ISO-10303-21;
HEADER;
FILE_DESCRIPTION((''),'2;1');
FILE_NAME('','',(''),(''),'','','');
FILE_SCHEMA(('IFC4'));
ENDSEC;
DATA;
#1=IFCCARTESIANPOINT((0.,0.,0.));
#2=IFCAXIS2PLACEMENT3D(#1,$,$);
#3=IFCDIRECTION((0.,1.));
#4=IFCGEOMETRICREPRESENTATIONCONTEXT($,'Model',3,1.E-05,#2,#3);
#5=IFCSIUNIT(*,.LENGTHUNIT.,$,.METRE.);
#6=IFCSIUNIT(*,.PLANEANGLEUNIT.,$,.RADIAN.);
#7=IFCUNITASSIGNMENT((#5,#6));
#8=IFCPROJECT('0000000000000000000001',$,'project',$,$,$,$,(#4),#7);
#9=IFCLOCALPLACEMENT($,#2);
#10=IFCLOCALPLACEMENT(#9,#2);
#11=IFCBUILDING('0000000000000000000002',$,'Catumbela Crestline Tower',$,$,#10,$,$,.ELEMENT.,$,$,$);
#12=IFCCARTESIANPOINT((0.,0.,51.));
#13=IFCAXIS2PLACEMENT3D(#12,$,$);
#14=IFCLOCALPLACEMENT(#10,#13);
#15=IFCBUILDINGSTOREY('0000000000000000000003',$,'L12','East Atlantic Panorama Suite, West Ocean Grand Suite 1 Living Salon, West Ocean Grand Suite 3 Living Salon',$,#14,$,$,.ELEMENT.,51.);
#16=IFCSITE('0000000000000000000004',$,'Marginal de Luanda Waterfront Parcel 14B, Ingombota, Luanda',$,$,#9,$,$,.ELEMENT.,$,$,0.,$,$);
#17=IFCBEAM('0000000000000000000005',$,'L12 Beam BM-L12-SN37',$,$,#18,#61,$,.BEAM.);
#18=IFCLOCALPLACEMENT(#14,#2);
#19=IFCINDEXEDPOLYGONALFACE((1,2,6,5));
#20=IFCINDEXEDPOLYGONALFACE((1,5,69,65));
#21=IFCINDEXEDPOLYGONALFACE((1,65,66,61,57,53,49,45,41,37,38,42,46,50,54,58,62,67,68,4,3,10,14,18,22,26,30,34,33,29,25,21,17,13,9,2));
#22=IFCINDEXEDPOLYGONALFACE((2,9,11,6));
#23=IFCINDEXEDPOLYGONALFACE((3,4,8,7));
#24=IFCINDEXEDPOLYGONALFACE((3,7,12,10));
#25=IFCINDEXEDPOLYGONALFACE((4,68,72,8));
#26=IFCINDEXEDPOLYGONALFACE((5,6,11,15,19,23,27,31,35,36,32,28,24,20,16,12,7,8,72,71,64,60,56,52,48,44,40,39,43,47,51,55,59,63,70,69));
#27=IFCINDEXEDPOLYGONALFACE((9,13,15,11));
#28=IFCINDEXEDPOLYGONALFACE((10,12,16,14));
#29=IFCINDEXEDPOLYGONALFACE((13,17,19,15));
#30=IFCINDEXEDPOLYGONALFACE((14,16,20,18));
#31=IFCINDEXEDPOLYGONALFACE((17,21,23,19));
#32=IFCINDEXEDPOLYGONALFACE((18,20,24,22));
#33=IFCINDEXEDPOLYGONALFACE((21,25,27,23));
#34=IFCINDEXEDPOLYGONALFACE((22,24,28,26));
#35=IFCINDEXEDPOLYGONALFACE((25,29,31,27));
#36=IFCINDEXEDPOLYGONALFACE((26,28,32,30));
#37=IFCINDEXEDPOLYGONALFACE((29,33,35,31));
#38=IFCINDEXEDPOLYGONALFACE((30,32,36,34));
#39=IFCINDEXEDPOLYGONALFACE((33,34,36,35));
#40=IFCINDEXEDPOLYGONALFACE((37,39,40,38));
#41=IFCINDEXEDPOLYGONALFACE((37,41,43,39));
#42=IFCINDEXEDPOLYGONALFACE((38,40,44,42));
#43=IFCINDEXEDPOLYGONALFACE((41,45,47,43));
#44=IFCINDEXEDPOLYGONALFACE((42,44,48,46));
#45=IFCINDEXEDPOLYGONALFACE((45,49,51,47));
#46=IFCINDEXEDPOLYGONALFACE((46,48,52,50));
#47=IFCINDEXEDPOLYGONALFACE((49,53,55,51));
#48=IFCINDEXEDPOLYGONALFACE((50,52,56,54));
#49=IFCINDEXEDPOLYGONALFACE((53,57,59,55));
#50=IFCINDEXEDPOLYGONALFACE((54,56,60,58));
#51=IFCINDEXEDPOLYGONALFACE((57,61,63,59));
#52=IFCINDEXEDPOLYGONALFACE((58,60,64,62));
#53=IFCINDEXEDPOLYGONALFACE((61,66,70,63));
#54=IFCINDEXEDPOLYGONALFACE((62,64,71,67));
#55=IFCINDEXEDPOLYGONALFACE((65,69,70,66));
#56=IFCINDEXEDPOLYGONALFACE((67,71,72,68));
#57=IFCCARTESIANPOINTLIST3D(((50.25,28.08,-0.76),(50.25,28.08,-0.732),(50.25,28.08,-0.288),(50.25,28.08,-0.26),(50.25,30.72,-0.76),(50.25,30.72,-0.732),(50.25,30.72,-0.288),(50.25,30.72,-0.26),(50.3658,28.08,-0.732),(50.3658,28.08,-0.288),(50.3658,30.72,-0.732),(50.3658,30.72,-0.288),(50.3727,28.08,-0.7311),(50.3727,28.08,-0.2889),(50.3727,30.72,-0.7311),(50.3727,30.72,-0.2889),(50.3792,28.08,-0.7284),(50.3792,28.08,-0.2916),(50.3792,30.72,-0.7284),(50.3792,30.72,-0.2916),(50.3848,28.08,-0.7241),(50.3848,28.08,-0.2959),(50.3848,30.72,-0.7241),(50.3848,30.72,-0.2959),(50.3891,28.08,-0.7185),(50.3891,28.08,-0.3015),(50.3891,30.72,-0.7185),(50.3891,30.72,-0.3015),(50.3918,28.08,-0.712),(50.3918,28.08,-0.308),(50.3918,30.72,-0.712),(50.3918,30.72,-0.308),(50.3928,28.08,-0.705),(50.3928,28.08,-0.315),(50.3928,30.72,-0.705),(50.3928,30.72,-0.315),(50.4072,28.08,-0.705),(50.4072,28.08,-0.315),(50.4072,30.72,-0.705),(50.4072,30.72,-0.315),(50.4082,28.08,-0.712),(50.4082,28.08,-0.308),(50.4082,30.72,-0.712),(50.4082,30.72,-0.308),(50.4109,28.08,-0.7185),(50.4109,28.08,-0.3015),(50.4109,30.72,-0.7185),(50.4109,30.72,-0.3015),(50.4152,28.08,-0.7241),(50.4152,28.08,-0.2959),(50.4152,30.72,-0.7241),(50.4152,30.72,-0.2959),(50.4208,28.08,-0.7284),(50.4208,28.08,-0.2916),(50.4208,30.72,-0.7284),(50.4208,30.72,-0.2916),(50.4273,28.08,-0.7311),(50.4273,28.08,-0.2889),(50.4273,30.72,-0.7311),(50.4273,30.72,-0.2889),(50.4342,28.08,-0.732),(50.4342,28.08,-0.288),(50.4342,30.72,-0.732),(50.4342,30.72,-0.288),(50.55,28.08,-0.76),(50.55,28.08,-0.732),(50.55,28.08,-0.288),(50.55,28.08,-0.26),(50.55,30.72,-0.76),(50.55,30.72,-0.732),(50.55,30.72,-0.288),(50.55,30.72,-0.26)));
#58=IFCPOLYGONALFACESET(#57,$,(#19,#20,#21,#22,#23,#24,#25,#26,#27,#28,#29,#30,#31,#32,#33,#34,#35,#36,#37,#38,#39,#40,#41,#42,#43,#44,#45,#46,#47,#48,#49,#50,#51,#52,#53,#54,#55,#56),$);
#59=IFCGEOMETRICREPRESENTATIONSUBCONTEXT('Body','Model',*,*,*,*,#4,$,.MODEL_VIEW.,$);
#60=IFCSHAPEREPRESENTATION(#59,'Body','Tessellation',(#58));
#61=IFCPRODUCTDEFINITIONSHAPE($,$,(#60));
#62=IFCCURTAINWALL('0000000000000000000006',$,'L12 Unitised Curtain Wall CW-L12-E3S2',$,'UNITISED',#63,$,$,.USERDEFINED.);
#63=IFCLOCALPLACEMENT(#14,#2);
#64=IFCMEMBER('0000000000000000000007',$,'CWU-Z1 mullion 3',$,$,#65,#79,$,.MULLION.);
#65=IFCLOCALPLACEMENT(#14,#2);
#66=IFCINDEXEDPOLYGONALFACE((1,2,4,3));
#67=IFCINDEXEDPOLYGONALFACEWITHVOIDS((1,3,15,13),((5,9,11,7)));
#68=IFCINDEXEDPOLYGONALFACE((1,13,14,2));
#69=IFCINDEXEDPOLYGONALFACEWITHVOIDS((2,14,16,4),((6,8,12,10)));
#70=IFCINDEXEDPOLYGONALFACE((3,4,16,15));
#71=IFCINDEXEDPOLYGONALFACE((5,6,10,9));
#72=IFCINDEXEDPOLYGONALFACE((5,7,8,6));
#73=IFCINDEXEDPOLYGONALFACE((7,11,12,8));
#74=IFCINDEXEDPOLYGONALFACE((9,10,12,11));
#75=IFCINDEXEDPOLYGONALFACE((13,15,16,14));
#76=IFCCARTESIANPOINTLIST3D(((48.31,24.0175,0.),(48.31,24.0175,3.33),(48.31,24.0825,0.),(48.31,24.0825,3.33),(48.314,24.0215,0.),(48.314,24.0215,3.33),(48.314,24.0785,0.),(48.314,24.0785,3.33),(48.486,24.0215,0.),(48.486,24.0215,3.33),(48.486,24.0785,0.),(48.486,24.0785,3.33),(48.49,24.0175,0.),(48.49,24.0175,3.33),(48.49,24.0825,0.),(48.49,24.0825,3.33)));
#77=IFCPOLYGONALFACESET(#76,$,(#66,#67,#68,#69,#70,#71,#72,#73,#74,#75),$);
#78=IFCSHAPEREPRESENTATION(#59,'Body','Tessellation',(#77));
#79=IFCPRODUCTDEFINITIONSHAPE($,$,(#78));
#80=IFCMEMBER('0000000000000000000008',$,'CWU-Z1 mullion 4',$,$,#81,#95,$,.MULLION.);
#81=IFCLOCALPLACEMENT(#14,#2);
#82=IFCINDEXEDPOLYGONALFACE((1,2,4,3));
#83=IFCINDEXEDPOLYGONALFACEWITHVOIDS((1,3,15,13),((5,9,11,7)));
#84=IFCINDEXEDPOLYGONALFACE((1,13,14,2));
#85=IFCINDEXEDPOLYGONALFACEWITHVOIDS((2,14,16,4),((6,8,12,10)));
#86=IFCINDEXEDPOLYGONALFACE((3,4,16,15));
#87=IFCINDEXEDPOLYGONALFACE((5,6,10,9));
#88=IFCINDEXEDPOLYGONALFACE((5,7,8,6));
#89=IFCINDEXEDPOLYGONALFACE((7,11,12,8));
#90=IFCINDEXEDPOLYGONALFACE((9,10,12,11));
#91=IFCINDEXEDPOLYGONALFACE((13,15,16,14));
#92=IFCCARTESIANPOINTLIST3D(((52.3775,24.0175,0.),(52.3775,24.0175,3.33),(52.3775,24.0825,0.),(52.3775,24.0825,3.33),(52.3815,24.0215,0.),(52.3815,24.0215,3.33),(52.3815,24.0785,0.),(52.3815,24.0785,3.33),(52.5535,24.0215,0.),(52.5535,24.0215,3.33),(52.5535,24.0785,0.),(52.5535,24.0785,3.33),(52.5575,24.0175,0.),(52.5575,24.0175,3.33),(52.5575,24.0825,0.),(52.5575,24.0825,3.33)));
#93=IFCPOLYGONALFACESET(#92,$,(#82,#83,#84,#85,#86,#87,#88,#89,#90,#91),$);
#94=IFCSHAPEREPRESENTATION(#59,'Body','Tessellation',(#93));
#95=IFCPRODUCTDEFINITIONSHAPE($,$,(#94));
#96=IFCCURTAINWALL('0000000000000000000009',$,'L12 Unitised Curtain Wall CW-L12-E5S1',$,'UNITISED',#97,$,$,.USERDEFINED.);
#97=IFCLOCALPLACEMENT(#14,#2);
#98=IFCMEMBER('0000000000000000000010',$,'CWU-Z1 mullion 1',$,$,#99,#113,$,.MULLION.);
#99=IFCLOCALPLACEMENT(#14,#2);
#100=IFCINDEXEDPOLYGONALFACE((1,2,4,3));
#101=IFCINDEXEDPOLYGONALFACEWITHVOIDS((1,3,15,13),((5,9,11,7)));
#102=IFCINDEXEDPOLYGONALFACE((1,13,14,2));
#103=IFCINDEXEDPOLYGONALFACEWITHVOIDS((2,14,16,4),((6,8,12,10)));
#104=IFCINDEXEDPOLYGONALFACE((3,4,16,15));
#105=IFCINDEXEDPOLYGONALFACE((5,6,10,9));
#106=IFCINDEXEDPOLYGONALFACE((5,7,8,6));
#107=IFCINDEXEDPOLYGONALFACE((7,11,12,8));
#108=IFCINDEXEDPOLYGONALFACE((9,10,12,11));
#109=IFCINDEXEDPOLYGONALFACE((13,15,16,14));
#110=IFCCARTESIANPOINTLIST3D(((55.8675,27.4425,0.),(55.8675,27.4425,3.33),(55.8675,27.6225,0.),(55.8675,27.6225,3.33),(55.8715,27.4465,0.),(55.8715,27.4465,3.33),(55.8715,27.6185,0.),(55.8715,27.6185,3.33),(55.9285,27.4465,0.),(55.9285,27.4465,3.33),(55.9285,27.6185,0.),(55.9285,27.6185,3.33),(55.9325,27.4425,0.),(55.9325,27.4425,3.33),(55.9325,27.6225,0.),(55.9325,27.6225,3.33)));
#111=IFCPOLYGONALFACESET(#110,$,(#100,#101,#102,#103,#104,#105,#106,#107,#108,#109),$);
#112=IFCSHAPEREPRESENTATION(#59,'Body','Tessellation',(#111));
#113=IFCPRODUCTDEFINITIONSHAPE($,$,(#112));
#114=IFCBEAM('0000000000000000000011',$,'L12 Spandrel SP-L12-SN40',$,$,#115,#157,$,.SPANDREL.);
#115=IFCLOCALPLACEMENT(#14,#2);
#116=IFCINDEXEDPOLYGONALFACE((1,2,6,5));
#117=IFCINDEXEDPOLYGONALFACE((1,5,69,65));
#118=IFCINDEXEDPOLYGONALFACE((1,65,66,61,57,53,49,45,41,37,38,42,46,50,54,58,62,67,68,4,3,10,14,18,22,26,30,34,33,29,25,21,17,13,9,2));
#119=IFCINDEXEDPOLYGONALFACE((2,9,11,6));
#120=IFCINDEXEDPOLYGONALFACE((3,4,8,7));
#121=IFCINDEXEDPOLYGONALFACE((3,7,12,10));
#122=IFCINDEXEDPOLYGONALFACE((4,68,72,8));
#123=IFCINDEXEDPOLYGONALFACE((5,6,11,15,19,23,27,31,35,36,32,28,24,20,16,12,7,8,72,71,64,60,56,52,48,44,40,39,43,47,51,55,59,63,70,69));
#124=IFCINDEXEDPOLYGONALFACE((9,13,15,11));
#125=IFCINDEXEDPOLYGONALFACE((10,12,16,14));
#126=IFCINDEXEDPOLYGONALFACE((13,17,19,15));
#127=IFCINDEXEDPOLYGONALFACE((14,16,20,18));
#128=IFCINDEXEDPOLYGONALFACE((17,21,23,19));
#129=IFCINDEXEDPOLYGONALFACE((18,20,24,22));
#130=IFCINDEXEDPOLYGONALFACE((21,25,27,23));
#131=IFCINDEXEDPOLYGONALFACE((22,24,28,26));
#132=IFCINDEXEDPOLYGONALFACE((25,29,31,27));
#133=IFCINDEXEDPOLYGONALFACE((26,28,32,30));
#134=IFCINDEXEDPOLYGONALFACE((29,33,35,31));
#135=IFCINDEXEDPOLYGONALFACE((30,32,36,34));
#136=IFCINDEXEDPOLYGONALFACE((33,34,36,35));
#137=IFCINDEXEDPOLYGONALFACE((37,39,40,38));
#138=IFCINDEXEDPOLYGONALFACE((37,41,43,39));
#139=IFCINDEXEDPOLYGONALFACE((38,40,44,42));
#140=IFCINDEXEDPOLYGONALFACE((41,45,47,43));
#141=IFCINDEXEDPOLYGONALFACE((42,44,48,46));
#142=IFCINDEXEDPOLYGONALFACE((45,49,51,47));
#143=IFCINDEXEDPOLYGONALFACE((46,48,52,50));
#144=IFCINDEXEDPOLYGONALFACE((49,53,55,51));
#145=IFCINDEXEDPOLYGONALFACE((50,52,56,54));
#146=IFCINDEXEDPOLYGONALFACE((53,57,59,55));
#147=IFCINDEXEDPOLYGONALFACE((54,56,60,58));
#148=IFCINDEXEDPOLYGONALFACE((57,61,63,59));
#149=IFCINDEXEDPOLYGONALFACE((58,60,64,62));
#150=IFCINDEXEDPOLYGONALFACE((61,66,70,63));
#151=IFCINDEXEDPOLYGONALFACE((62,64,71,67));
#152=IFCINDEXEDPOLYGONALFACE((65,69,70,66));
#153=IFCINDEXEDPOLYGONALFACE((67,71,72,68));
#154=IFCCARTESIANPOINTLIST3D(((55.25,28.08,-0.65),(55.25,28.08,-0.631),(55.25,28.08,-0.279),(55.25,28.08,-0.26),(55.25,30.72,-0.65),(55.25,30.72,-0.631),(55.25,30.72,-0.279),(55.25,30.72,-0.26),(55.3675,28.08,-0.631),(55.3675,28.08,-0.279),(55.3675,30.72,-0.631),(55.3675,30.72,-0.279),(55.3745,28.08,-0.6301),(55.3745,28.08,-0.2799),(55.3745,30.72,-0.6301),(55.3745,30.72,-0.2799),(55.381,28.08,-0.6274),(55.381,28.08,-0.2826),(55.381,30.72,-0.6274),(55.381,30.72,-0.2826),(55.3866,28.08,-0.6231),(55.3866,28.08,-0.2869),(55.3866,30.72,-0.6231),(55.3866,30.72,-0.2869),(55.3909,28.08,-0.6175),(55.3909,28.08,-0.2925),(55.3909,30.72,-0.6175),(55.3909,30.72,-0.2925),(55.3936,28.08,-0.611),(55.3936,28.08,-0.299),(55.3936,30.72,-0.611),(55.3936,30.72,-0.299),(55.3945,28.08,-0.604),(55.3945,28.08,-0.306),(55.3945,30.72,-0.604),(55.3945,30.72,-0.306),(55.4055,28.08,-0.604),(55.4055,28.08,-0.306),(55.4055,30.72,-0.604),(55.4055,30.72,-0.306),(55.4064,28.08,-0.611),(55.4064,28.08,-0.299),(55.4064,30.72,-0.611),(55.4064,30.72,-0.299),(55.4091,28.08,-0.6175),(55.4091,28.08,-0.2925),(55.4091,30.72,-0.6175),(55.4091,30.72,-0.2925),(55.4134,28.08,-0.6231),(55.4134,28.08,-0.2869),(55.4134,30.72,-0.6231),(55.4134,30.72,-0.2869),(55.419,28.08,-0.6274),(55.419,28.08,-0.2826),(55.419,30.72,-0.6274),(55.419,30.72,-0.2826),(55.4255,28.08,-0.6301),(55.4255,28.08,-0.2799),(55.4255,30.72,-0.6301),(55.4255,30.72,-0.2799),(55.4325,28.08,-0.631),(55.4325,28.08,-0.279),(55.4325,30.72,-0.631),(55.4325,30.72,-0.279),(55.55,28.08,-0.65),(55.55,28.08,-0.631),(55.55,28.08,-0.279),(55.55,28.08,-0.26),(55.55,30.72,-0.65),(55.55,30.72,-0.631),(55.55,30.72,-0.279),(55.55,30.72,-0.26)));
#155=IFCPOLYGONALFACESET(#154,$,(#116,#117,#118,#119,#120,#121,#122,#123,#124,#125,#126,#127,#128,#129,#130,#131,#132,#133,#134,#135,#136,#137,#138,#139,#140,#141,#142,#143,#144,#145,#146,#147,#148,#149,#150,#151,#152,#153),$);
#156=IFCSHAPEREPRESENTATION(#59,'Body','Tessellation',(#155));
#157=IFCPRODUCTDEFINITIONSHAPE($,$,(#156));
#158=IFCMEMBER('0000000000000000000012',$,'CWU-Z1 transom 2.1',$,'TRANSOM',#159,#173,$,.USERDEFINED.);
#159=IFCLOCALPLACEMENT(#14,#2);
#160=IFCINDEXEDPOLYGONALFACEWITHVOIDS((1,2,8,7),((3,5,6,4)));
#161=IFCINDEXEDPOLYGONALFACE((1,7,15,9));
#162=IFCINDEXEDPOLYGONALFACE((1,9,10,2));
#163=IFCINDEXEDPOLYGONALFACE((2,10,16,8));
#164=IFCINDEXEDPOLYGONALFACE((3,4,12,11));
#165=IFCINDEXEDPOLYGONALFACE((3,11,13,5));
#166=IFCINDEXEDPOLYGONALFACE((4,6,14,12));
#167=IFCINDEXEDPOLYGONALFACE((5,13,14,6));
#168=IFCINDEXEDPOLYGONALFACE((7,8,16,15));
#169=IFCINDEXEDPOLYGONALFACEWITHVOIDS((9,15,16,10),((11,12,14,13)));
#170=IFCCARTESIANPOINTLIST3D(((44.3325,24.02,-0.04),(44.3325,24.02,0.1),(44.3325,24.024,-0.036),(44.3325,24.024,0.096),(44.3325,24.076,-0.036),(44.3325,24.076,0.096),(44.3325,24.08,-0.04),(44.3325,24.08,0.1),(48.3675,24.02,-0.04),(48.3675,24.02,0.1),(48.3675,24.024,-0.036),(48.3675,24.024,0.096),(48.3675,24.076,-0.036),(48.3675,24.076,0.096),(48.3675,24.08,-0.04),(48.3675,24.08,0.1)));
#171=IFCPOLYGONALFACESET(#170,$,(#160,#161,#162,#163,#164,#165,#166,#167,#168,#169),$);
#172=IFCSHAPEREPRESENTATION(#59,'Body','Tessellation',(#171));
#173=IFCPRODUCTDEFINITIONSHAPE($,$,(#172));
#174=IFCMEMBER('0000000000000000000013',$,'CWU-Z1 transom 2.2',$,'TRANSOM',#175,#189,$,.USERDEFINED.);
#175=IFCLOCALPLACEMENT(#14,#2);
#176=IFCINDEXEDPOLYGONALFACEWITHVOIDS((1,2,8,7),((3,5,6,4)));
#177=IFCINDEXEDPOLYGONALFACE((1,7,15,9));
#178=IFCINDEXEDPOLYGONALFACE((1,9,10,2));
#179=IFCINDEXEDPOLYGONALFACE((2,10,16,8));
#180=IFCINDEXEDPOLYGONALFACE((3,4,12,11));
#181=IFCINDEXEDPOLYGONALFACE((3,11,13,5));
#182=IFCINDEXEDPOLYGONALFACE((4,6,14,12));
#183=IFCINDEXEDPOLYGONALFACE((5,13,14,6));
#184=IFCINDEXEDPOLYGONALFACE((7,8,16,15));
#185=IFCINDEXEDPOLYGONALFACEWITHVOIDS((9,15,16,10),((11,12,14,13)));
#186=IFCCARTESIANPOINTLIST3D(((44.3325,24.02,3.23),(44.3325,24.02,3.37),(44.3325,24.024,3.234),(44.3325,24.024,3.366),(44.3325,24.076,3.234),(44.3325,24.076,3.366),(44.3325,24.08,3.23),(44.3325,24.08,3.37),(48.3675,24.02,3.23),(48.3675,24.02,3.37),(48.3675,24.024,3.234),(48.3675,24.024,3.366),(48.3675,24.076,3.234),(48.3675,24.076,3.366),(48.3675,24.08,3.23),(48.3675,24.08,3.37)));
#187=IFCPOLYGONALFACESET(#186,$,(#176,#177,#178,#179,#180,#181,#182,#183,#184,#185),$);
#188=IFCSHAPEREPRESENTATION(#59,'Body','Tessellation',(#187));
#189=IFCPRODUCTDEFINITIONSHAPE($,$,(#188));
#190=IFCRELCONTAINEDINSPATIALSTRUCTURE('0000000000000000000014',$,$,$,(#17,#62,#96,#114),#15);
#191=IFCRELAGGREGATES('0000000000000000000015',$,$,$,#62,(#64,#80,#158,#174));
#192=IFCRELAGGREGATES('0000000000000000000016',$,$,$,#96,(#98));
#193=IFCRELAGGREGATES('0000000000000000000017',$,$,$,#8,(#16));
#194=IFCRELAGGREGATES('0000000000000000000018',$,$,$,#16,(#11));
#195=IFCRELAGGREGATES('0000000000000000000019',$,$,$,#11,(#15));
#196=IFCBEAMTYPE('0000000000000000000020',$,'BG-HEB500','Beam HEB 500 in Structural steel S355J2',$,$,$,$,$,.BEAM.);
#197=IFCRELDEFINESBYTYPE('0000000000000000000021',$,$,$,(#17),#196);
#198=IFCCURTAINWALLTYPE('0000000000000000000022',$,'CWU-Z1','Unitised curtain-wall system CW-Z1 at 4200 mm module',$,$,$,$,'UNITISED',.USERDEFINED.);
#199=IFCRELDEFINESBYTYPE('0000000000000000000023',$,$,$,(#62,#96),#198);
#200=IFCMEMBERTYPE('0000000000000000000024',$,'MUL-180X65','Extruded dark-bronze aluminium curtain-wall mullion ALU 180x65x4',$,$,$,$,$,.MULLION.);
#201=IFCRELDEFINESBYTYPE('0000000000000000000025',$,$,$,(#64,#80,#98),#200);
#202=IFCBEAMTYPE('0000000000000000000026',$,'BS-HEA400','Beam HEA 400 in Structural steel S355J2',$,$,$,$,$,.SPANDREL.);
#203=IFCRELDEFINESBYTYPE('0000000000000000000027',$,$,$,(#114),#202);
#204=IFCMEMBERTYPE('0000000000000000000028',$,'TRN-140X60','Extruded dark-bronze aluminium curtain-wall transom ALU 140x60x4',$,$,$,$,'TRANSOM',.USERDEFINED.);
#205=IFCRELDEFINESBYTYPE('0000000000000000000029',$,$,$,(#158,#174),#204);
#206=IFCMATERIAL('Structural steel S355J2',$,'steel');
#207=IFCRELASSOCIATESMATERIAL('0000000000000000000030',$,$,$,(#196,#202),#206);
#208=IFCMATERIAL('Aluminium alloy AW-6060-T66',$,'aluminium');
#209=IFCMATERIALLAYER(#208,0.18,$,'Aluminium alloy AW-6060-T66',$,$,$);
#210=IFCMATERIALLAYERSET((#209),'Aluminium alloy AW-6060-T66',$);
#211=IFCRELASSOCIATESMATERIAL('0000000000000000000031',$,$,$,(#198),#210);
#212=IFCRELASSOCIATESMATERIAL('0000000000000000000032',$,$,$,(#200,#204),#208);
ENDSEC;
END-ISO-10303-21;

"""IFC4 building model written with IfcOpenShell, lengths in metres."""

from ifc_helpers import new_model, si_unit, direction, frame, origin, origin_2d, place, context, subcontext, project, spatial, hollow_rectangle, i_section, extrude, material, layer, layer_set, material_profile, profile_set, type_object, element, aggregate, save


model = new_model("IFC4")

# Units and contexts
model_context = context("Model", 3, precision=1e-05, world=origin(), true_north=direction((0.0, 1.0)))
body_context = subcontext(model_context, "Body", "Model", "MODEL_VIEW")
ifc_project = project(units=[si_unit("LENGTHUNIT", "METRE"), si_unit("PLANEANGLEUNIT", "RADIAN")], contexts=[model_context])

# Site, building, storey
site_placement = place(None, origin())
site = spatial("IfcSite", under=ifc_project, at=site_placement, Name="Marginal de Luanda Waterfront Parcel 14B, Ingombota, Luanda", CompositionType="ELEMENT", RefElevation=0.0)
building_placement = place(site_placement, origin())
building = spatial("IfcBuilding", under=site, at=building_placement, Name="Catumbela Crestline Tower", CompositionType="ELEMENT")
storey_placement = place(building_placement, frame((0.0, 0.0, 51.0)))
storey = spatial("IfcBuildingStorey", under=building, at=storey_placement, Name="L12", Description="East Atlantic Panorama Suite, West Ocean Grand Suite 1 Living Salon, West Ocean Grand Suite 3 Living Salon", CompositionType="ELEMENT", Elevation=51.0)

# Beam
ifc_material_1 = material(Name="Structural steel S355J2", Category="steel")
ifc_material_profile_1 = material_profile(ifc_material_1, i_section(OverallWidth=0.3, OverallDepth=0.5, WebThickness=0.0145, FlangeThickness=0.028, FilletRadius=0.027, at=origin_2d()), Name="HEB 500")
ifc_profile_set_1 = profile_set([ifc_material_profile_1], Name="Structural steel S355J2")
beam_type_1 = type_object("IfcBeamType", Name="BG-HEB500", Description="Beam HEB 500 in Structural steel S355J2", PredefinedType="BEAM", material=ifc_profile_set_1)
beam_1_placement = place(storey_placement, frame((50.4, 28.08, -0.51), z_axis=(0.0, 1.0, 0.0), x_axis=(-1.0, 0.0, 0.0)))
element("IfcBeam", 1, at=beam_1_placement, inside=storey, type_object=beam_type_1, Name="L12 Beam BM-L12-SN37", PredefinedType="BEAM", context=body_context, shape_type="SweptSolid", body=[
    extrude(i_section(OverallWidth=0.3, OverallDepth=0.5, WebThickness=0.0145, FlangeThickness=0.028, FilletRadius=0.027, at=origin_2d()), origin(), (0.0, 0.0, 1.0), 2.64),
])

# Curtain wall, members
ifc_material_2 = material(Name="Aluminium alloy AW-6060-T66", Category="aluminium")
ifc_layer_1 = layer(ifc_material_2, 0.18, Name="Aluminium alloy AW-6060-T66")
ifc_layer_set_1 = layer_set([ifc_layer_1], Name="Aluminium alloy AW-6060-T66")
curtain_wall_type = type_object("IfcCurtainWallType", Name="CWU-Z1", Description="Unitised curtain-wall system CW-Z1 at 4200 mm module", ElementType="UNITISED", PredefinedType="USERDEFINED", material=ifc_layer_set_1)
curtain_wall_1_placement = place(storey_placement, origin())
curtain_wall_1 = element("IfcCurtainWall", 2, at=curtain_wall_1_placement, inside=storey, type_object=curtain_wall_type, Name="L12 Unitised Curtain Wall CW-L12-E3S2", ObjectType="UNITISED", PredefinedType="USERDEFINED")
ifc_material_profile_2 = material_profile(ifc_material_2, hollow_rectangle(XDim=0.065, YDim=0.18, WallThickness=0.004, at=origin_2d()), Name="ALU 180x65x4")
ifc_profile_set_2 = profile_set([ifc_material_profile_2], Name="Aluminium alloy AW-6060-T66")
member_type_1 = type_object("IfcMemberType", Name="MUL-180X65", Description="Extruded dark-bronze aluminium curtain-wall mullion ALU 180x65x4", PredefinedType="MULLION", material=ifc_profile_set_2)
member_1_placement = place(storey_placement, frame((48.4, 24.05, 0.0), z_axis=(0.0, 0.0, 1.0), x_axis=(0.0, 1.0, 0.0)))
member_1 = element("IfcMember", 3, at=member_1_placement, type_object=member_type_1, Name="CWU-Z1 mullion 3", PredefinedType="MULLION", context=body_context, shape_type="SweptSolid", body=[
    extrude(hollow_rectangle(XDim=0.065, YDim=0.18, WallThickness=0.004, at=origin_2d()), origin(), (0.0, 0.0, 1.0), 3.33),
])
member_2_placement = place(storey_placement, frame((52.4675, 24.05, 0.0), z_axis=(0.0, 0.0, 1.0), x_axis=(0.0, 1.0, 0.0)))
member_2 = element("IfcMember", 4, at=member_2_placement, type_object=member_type_1, Name="CWU-Z1 mullion 4", PredefinedType="MULLION", context=body_context, shape_type="SweptSolid", body=[
    extrude(hollow_rectangle(XDim=0.065, YDim=0.18, WallThickness=0.004, at=origin_2d()), origin(), (0.0, 0.0, 1.0), 3.33),
])

# Curtain wall, member
curtain_wall_2_placement = place(storey_placement, origin())
curtain_wall_2 = element("IfcCurtainWall", 5, at=curtain_wall_2_placement, inside=storey, type_object=curtain_wall_type, Name="L12 Unitised Curtain Wall CW-L12-E5S1", ObjectType="UNITISED", PredefinedType="USERDEFINED")
member_3_placement = place(storey_placement, frame((55.9, 27.5325, 0.0), z_axis=(0.0, 0.0, 1.0), x_axis=(-1.0, 0.0, 0.0)))
member_3 = element("IfcMember", 6, at=member_3_placement, type_object=member_type_1, Name="CWU-Z1 mullion 1", PredefinedType="MULLION", context=body_context, shape_type="SweptSolid", body=[
    extrude(hollow_rectangle(XDim=0.065, YDim=0.18, WallThickness=0.004, at=origin_2d()), origin(), (0.0, 0.0, 1.0), 3.33),
])

# Beam
ifc_material_profile_3 = material_profile(ifc_material_1, i_section(OverallWidth=0.3, OverallDepth=0.39, WebThickness=0.011, FlangeThickness=0.019, FilletRadius=0.027, at=origin_2d()), Name="HEA 400")
ifc_profile_set_3 = profile_set([ifc_material_profile_3], Name="Structural steel S355J2")
beam_type_2 = type_object("IfcBeamType", Name="BS-HEA400", Description="Beam HEA 400 in Structural steel S355J2", PredefinedType="SPANDREL", material=ifc_profile_set_3)
beam_2_placement = place(storey_placement, frame((55.4, 28.08, -0.455), z_axis=(0.0, 1.0, 0.0), x_axis=(-1.0, 0.0, 0.0)))
element("IfcBeam", 7, at=beam_2_placement, inside=storey, type_object=beam_type_2, Name="L12 Spandrel SP-L12-SN40", PredefinedType="SPANDREL", context=body_context, shape_type="SweptSolid", body=[
    extrude(i_section(OverallWidth=0.3, OverallDepth=0.39, WebThickness=0.011, FlangeThickness=0.019, FilletRadius=0.027, at=origin_2d()), origin(), (0.0, 0.0, 1.0), 2.64),
])

# Members
ifc_material_profile_4 = material_profile(ifc_material_2, hollow_rectangle(XDim=0.06, YDim=0.14, WallThickness=0.004, at=origin_2d()), Name="ALU 140x60x4")
ifc_profile_set_4 = profile_set([ifc_material_profile_4], Name="Aluminium alloy AW-6060-T66")
member_type_2 = type_object("IfcMemberType", Name="TRN-140X60", Description="Extruded dark-bronze aluminium curtain-wall transom ALU 140x60x4", ElementType="TRANSOM", PredefinedType="USERDEFINED", material=ifc_profile_set_4)
member_4_placement = place(storey_placement, frame((44.3325, 24.05, 0.03), z_axis=(1.0, 0.0, 0.0), x_axis=(0.0, 1.0, 0.0)))
member_4 = element("IfcMember", 8, at=member_4_placement, type_object=member_type_2, Name="CWU-Z1 transom 2.1", ObjectType="TRANSOM", PredefinedType="USERDEFINED", context=body_context, shape_type="SweptSolid", body=[
    extrude(hollow_rectangle(XDim=0.06, YDim=0.14, WallThickness=0.004, at=origin_2d()), origin(), (0.0, 0.0, 1.0), 4.035),
])
member_5_placement = place(storey_placement, frame((44.3325, 24.05, 3.3), z_axis=(1.0, 0.0, 0.0), x_axis=(0.0, 1.0, 0.0)))
member_5 = element("IfcMember", 9, at=member_5_placement, type_object=member_type_2, Name="CWU-Z1 transom 2.2", ObjectType="TRANSOM", PredefinedType="USERDEFINED", context=body_context, shape_type="SweptSolid", body=[
    extrude(hollow_rectangle(XDim=0.06, YDim=0.14, WallThickness=0.004, at=origin_2d()), origin(), (0.0, 0.0, 1.0), 4.035),
])

aggregate(curtain_wall_1, [member_1, member_2, member_4, member_5])
aggregate(curtain_wall_2, [member_3])

save(model, "model.ifc")
